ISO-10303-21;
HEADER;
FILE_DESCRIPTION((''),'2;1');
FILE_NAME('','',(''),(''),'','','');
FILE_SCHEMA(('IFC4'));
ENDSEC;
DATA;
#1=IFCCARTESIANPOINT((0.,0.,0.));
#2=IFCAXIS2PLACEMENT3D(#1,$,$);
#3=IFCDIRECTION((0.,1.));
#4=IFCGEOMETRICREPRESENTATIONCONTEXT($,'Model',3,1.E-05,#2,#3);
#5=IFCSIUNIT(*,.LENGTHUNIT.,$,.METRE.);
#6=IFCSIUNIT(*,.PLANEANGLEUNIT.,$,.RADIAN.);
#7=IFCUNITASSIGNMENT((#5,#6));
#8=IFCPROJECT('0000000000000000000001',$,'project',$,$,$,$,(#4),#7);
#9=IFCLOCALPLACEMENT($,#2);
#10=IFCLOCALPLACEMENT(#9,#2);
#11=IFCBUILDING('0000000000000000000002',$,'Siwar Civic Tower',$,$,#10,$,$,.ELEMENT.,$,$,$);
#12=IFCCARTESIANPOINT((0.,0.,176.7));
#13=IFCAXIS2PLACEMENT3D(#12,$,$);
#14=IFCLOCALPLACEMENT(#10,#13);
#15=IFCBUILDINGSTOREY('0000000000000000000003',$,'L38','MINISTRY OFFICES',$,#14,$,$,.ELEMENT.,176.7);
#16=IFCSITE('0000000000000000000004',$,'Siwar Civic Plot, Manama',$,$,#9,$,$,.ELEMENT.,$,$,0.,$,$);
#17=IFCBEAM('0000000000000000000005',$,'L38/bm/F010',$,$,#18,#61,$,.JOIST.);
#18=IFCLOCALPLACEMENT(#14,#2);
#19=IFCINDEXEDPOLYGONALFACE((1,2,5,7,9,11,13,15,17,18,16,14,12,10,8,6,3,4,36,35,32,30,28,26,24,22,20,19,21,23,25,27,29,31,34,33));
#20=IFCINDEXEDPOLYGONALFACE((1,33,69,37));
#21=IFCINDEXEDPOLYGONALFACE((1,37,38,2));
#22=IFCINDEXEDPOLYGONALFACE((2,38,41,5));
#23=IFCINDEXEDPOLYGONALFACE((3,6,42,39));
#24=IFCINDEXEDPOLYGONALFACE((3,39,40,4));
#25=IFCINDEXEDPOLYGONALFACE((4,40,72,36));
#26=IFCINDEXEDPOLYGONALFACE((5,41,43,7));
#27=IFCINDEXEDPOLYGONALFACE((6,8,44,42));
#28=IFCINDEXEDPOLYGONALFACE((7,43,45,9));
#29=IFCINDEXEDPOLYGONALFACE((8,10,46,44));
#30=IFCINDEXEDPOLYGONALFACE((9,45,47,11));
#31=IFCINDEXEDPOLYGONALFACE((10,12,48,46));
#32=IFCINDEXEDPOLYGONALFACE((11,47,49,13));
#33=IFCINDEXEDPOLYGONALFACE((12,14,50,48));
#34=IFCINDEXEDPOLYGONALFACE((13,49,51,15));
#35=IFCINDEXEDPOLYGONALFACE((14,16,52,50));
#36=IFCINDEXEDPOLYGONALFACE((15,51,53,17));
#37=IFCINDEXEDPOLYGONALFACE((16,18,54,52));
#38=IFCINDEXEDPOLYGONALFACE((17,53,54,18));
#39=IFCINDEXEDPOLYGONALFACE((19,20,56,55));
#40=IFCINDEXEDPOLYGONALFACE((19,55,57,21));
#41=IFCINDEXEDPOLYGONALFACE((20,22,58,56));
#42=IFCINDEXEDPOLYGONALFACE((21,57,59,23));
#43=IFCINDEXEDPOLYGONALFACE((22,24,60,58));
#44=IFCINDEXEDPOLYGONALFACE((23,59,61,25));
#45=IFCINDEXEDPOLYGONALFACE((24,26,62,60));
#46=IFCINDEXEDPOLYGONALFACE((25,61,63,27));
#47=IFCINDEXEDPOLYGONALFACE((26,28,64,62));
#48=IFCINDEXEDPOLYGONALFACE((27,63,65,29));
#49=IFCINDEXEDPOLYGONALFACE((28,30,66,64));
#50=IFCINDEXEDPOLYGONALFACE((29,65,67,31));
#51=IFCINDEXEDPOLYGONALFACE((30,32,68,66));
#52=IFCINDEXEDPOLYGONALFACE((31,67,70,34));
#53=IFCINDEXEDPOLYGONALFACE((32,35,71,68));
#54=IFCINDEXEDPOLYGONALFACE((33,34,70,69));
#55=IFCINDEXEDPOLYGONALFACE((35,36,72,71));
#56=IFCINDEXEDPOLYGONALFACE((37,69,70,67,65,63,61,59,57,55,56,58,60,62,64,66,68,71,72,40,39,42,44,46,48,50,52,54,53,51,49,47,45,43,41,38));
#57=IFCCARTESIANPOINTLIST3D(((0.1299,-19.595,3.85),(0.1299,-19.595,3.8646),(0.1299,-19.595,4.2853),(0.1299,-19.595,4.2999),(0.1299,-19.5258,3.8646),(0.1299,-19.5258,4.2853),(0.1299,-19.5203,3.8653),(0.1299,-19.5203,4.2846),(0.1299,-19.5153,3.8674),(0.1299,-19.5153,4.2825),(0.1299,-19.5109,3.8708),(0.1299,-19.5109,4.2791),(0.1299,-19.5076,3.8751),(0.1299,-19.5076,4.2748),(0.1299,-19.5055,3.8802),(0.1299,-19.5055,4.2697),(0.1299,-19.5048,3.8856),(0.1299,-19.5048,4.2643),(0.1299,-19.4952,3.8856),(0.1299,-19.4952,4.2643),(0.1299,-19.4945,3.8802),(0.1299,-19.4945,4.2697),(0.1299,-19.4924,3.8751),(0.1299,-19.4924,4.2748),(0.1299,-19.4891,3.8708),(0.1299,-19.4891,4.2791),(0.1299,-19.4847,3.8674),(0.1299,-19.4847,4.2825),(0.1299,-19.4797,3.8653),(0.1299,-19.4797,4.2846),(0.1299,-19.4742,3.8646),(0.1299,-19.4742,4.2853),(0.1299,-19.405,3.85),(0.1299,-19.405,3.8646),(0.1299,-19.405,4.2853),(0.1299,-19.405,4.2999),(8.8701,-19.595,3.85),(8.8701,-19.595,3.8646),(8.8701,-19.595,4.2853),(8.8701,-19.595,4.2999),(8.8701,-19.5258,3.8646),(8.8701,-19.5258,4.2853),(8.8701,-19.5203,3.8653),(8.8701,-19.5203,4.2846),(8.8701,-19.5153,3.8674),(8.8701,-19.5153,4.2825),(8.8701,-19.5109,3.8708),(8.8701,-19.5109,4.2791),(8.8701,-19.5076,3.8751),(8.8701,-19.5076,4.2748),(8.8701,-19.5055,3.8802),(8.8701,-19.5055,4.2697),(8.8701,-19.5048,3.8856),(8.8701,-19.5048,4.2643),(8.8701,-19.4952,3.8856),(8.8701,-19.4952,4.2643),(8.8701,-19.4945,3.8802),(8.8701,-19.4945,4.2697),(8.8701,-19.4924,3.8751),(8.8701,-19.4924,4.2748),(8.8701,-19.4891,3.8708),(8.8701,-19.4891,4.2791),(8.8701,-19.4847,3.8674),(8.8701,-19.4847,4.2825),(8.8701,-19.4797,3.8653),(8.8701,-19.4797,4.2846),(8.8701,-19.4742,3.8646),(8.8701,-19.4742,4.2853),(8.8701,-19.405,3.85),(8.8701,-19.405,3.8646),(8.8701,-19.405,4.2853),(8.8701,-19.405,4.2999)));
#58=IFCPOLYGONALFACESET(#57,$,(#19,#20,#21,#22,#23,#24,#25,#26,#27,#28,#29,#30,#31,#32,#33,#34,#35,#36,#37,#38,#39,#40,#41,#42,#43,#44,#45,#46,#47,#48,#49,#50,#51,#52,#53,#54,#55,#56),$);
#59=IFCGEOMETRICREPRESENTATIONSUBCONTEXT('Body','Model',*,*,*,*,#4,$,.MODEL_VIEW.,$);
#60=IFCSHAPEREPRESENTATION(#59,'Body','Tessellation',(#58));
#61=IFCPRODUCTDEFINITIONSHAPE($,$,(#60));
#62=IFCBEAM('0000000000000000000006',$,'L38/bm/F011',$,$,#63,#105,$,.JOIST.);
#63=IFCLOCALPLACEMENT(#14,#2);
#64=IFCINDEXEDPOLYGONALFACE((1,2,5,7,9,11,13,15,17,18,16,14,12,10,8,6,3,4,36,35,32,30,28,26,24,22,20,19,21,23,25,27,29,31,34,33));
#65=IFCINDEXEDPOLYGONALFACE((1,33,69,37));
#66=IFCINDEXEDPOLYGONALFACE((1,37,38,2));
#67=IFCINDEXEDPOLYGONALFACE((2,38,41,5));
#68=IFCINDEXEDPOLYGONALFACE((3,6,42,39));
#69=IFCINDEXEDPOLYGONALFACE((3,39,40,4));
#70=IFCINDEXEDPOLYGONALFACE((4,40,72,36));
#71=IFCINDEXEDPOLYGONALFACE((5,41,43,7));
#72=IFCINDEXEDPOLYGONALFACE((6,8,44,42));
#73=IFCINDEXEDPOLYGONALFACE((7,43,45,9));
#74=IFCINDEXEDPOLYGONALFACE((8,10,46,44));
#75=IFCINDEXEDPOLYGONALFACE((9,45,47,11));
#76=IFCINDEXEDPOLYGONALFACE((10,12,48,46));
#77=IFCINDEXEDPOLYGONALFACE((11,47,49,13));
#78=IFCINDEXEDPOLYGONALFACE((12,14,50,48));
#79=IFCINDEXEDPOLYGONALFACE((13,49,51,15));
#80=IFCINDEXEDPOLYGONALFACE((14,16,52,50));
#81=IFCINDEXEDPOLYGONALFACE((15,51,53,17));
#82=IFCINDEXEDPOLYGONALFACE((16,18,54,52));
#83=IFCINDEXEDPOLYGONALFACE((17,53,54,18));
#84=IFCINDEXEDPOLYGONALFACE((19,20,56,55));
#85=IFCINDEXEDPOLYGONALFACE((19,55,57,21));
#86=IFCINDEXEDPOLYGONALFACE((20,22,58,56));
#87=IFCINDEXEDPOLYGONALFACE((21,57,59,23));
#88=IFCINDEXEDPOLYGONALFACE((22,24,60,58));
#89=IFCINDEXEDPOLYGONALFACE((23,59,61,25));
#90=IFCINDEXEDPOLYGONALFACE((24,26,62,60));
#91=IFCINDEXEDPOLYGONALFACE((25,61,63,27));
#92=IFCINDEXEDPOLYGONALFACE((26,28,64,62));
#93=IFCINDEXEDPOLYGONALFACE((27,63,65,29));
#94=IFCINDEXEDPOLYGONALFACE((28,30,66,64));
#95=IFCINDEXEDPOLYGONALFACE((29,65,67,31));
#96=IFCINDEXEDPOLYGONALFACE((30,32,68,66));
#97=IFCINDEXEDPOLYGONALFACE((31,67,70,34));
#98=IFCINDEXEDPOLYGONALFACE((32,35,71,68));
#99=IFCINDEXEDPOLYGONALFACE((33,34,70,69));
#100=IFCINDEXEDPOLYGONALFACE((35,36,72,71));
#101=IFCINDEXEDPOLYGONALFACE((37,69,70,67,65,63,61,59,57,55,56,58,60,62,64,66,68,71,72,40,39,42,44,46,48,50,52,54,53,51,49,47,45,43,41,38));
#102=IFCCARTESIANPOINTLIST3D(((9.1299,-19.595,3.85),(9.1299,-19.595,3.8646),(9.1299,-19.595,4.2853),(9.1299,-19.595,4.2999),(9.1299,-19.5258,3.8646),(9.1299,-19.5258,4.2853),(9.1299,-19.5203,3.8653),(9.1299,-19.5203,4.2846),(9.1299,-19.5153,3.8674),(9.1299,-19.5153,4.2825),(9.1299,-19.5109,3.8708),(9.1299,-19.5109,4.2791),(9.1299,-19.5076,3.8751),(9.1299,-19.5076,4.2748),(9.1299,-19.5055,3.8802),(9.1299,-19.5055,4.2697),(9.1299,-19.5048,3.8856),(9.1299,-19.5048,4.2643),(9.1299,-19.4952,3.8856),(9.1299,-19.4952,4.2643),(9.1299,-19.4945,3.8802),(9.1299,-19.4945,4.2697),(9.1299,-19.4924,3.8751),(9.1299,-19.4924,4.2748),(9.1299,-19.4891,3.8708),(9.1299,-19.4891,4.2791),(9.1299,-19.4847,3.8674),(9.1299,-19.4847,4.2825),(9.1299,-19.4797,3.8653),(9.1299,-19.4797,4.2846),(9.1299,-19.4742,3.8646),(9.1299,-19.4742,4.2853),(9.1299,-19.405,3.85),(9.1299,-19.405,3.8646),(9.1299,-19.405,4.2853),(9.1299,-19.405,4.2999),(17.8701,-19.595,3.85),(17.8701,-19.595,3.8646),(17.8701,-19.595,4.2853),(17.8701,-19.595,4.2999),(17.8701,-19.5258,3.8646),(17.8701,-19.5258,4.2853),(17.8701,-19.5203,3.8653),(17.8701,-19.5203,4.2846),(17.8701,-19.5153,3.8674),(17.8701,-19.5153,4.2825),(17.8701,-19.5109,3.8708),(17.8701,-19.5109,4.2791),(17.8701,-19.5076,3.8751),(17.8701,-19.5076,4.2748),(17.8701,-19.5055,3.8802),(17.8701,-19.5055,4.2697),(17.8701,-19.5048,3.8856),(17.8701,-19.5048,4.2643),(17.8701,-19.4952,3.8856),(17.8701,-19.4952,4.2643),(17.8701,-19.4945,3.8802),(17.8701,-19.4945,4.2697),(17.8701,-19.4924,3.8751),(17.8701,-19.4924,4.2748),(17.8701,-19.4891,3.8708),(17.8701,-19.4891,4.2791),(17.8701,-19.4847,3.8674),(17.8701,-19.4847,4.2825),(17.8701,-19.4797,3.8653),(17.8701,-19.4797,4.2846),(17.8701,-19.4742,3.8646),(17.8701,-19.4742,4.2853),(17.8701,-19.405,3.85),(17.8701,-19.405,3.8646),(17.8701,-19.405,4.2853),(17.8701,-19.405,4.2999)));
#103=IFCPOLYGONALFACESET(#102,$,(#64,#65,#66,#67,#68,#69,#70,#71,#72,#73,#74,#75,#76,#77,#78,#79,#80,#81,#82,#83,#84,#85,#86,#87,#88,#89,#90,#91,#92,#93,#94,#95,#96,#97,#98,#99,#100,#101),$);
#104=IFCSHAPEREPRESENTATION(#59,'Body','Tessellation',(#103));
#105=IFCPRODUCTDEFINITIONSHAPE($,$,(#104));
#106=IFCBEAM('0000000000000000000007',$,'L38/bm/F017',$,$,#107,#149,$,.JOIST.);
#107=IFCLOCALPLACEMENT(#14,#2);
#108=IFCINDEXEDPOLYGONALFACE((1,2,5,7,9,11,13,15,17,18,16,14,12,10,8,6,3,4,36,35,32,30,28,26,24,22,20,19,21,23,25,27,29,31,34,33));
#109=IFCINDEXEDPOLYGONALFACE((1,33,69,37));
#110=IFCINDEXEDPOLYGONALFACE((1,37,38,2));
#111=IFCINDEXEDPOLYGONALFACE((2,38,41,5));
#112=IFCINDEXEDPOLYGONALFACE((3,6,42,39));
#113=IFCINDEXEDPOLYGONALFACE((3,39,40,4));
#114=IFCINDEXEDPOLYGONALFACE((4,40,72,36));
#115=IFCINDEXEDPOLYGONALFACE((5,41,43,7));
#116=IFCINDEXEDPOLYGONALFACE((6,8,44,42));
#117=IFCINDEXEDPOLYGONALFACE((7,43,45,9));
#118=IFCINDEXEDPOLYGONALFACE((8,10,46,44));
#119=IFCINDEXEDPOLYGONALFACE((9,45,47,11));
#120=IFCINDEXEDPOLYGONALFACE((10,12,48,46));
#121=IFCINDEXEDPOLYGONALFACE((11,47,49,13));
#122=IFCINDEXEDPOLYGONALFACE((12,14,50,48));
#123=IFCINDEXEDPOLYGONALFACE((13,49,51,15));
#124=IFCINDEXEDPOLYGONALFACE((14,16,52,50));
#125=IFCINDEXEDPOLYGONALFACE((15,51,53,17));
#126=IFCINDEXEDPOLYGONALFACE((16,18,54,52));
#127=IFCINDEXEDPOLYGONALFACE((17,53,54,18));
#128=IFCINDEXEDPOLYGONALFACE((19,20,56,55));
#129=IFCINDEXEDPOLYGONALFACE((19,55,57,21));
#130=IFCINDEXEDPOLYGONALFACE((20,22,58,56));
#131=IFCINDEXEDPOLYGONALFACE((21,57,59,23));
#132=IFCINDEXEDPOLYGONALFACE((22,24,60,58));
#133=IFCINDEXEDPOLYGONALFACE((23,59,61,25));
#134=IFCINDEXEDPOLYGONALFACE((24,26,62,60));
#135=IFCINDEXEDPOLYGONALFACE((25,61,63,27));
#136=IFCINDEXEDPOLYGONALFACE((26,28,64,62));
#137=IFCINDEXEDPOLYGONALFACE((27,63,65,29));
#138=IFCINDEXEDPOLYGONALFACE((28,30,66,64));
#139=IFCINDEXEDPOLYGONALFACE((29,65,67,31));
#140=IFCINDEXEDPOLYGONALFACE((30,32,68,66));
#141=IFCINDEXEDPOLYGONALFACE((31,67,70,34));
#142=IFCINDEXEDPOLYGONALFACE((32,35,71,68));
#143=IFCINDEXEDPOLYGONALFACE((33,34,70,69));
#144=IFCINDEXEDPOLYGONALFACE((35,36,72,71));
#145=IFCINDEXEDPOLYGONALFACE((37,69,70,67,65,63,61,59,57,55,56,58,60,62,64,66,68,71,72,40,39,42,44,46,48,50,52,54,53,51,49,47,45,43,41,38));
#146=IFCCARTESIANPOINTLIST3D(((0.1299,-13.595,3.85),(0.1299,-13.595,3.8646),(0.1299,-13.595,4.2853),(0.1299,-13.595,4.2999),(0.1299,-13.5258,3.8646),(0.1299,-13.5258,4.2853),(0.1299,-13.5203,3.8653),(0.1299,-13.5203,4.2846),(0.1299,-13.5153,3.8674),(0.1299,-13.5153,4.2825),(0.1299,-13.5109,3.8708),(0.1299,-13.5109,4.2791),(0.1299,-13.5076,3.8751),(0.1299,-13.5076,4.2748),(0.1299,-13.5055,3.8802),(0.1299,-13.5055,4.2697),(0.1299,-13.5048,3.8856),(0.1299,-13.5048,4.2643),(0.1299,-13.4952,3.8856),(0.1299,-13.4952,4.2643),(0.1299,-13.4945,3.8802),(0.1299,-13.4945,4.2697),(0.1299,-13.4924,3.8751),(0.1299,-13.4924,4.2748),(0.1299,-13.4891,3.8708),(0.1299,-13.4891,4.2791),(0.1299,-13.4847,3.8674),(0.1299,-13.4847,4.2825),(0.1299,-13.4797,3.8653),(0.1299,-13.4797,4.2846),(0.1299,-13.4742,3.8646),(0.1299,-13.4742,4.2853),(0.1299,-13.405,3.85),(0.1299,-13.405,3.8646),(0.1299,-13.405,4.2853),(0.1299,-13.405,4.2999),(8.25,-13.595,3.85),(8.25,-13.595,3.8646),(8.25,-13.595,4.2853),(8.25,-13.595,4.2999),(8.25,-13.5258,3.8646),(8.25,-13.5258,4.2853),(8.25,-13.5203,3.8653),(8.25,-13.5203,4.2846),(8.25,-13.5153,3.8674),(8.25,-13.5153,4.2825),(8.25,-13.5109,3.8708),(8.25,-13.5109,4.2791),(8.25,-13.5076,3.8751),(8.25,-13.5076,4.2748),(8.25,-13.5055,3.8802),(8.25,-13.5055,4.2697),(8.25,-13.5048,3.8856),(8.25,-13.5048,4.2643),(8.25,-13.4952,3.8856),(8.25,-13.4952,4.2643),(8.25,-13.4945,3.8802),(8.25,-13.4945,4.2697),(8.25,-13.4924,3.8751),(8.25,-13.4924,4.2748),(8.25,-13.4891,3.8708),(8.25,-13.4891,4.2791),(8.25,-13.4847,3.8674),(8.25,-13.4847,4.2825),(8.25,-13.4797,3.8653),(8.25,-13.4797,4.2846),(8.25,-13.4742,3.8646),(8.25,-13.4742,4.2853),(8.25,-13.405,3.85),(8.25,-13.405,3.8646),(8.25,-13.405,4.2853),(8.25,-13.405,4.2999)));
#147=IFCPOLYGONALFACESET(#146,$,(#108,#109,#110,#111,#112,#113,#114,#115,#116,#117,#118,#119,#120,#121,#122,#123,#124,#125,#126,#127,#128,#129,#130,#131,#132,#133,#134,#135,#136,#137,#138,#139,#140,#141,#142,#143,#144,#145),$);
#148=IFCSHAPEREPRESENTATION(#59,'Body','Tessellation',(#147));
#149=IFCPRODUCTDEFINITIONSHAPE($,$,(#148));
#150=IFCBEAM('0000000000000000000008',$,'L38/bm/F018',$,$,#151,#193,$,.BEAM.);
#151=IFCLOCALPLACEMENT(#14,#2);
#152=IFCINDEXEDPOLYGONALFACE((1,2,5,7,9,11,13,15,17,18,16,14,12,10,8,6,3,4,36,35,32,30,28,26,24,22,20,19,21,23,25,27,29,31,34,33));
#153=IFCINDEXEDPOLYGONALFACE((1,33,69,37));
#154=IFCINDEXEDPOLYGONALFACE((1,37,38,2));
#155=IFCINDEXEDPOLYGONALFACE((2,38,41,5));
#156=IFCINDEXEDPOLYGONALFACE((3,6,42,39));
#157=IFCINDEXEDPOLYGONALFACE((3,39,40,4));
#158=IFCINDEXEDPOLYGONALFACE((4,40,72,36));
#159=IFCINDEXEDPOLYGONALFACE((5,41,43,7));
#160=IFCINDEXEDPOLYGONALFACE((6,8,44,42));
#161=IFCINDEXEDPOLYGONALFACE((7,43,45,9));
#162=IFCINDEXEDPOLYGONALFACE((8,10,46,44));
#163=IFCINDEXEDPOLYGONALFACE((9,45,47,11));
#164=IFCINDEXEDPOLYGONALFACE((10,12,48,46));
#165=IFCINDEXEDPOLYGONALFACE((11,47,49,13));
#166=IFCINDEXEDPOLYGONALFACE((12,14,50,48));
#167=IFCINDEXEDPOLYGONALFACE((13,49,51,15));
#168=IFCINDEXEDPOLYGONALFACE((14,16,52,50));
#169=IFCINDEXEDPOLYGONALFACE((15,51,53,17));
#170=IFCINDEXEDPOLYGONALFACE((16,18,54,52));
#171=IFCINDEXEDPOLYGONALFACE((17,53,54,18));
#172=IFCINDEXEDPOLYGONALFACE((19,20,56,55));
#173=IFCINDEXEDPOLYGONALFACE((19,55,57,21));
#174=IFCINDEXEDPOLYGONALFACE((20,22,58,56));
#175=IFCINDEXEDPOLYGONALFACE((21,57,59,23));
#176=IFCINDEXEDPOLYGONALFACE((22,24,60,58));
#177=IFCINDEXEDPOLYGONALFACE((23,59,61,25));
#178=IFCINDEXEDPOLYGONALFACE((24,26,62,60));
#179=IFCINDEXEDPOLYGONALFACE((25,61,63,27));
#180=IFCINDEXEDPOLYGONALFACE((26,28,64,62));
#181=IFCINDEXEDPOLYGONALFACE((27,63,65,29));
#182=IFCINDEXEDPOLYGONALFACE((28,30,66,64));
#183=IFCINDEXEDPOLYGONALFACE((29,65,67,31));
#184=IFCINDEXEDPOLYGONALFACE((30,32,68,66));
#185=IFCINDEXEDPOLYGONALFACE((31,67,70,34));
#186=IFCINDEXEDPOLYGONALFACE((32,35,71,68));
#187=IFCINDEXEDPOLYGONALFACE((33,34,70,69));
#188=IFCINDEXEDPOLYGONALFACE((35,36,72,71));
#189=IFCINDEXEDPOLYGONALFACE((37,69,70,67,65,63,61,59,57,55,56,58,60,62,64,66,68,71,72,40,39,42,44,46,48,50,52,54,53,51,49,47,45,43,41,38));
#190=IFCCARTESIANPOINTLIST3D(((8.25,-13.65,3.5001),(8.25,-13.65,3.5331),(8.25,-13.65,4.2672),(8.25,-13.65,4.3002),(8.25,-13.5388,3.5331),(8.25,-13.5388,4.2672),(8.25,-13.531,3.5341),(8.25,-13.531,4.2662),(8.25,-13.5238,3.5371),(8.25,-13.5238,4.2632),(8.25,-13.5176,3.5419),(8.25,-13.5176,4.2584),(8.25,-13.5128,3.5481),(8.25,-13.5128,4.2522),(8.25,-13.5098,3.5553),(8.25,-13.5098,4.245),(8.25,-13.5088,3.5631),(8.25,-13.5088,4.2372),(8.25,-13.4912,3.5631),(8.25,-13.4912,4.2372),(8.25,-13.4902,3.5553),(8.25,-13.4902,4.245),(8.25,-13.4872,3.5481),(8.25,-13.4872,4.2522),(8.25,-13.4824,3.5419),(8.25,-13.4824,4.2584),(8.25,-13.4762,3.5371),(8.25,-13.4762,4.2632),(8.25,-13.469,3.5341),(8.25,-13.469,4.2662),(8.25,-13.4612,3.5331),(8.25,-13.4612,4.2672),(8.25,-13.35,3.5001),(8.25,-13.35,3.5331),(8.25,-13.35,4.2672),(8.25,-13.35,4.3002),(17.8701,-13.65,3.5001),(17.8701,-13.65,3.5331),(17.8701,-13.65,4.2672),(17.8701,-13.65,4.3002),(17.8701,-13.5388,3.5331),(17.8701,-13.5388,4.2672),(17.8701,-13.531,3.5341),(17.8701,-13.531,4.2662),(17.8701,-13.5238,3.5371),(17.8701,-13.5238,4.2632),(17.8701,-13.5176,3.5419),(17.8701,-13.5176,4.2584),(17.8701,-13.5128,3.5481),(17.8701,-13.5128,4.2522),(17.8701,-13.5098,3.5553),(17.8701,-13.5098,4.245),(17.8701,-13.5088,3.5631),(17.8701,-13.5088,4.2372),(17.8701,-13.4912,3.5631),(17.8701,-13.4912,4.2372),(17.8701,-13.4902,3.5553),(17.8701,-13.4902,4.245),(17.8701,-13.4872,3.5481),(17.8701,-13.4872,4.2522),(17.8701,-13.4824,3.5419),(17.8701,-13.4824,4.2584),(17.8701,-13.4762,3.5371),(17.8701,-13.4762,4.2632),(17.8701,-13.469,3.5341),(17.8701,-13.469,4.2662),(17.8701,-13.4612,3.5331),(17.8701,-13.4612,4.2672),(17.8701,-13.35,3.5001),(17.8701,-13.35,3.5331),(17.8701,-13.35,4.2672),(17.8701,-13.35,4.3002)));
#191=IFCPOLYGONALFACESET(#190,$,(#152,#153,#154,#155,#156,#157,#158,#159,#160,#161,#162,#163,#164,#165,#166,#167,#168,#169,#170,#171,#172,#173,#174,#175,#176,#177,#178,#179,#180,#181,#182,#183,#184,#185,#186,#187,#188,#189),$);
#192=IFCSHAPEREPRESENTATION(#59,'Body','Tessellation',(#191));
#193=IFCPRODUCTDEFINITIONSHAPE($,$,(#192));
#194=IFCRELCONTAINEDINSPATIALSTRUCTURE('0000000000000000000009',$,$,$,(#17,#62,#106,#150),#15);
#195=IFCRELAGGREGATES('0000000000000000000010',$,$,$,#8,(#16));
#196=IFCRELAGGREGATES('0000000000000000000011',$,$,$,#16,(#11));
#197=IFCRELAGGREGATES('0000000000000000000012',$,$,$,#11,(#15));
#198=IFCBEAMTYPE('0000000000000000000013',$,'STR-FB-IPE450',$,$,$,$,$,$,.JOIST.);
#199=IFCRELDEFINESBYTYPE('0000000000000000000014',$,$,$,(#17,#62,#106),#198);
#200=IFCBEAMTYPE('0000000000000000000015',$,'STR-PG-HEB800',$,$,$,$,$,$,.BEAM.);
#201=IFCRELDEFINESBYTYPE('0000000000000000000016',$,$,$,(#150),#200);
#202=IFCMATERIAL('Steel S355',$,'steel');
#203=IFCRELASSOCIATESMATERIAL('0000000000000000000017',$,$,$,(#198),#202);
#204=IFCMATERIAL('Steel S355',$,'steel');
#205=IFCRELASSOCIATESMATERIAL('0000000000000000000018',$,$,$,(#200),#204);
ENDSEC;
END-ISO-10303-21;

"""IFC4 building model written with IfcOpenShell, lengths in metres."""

from ifc_helpers import new_model, si_unit, direction, frame, origin, origin_2d, place, context, subcontext, project, spatial, i_section, extrude, material, material_profile, profile_set, type_object, element, save


model = new_model("IFC4")

# Units and contexts
model_context = context("Model", 3, precision=1e-05, world=origin(), true_north=direction((0.0, 1.0)))
body_context = subcontext(model_context, "Body", "Model", "MODEL_VIEW")
ifc_project = project(units=[si_unit("LENGTHUNIT", "METRE"), si_unit("PLANEANGLEUNIT", "RADIAN")], contexts=[model_context])

# Site, building, storey
site_placement = place(None, origin())
site = spatial("IfcSite", under=ifc_project, at=site_placement, Name="Siwar Civic Plot, Manama", CompositionType="ELEMENT", RefElevation=0.0)
building_placement = place(site_placement, origin())
building = spatial("IfcBuilding", under=site, at=building_placement, Name="Siwar Civic Tower", CompositionType="ELEMENT")
storey_placement = place(building_placement, frame((0.0, 0.0, 176.7)))
storey = spatial("IfcBuildingStorey", under=building, at=storey_placement, Name="L38", Description="MINISTRY OFFICES", CompositionType="ELEMENT", Elevation=176.7)

# Beams
ifc_material_1 = material(Name="Steel S355", Category="steel")
ifc_material_profile_1 = material_profile(ifc_material_1, i_section(OverallWidth=0.1899, OverallDepth=0.45, WebThickness=0.0095, FlangeThickness=0.0146, FilletRadius=0.021, at=origin_2d()), Name="IPE450")
ifc_profile_set_1 = profile_set([ifc_material_profile_1], Name="Steel S355")
beam_type_1 = type_object("IfcBeamType", Name="STR-FB-IPE450", PredefinedType="JOIST", material=ifc_profile_set_1)
for number, where, z_axis, x_axis, name in (
    (1, (0.1299, -19.5, 4.075), (1.0, 0.0, 0.0), (0.0, 1.0, 0.0), "L38/bm/F010"),
    (2, (9.1299, -19.5, 4.075), (1.0, 0.0, 0.0), (0.0, 1.0, 0.0), "L38/bm/F011"),
):
    element("IfcBeam", number, at=place(storey_placement, frame(where, z_axis=z_axis, x_axis=x_axis)), inside=storey, type_object=beam_type_1, Name=name, PredefinedType="JOIST", context=body_context, shape_type="SweptSolid", body=[
        extrude(i_section(OverallWidth=0.1899, OverallDepth=0.45, WebThickness=0.0095, FlangeThickness=0.0146, FilletRadius=0.021, at=origin_2d()), origin(), (0.0, 0.0, 1.0), 8.7402),
    ])
beam_1_placement = place(storey_placement, frame((0.1299, -13.5, 4.075), z_axis=(1.0, 0.0, 0.0), x_axis=(0.0, 1.0, 0.0)))
element("IfcBeam", 3, at=beam_1_placement, inside=storey, type_object=beam_type_1, Name="L38/bm/F017", PredefinedType="JOIST", context=body_context, shape_type="SweptSolid", body=[
    extrude(i_section(OverallWidth=0.1899, OverallDepth=0.45, WebThickness=0.0095, FlangeThickness=0.0146, FilletRadius=0.021, at=origin_2d()), origin(), (0.0, 0.0, 1.0), 8.1201),
])
ifc_material_2 = material(Name="Steel S355", Category="steel")
ifc_material_profile_2 = material_profile(ifc_material_2, i_section(OverallWidth=0.3, OverallDepth=0.8, WebThickness=0.0176, FlangeThickness=0.033, FilletRadius=0.03, at=origin_2d()), Name="HEB800")
ifc_profile_set_2 = profile_set([ifc_material_profile_2], Name="Steel S355")
beam_type_2 = type_object("IfcBeamType", Name="STR-PG-HEB800", PredefinedType="BEAM", material=ifc_profile_set_2)
beam_2_placement = place(storey_placement, frame((8.25, -13.5, 3.9001), z_axis=(1.0, 0.0, 0.0), x_axis=(0.0, 1.0, 0.0)))
element("IfcBeam", 4, at=beam_2_placement, inside=storey, type_object=beam_type_2, Name="L38/bm/F018", PredefinedType="BEAM", context=body_context, shape_type="SweptSolid", body=[
    extrude(i_section(OverallWidth=0.3, OverallDepth=0.8, WebThickness=0.0176, FlangeThickness=0.033, FilletRadius=0.03, at=origin_2d()), origin(), (0.0, 0.0, 1.0), 9.6201),
])

save(model, "model.ifc")
